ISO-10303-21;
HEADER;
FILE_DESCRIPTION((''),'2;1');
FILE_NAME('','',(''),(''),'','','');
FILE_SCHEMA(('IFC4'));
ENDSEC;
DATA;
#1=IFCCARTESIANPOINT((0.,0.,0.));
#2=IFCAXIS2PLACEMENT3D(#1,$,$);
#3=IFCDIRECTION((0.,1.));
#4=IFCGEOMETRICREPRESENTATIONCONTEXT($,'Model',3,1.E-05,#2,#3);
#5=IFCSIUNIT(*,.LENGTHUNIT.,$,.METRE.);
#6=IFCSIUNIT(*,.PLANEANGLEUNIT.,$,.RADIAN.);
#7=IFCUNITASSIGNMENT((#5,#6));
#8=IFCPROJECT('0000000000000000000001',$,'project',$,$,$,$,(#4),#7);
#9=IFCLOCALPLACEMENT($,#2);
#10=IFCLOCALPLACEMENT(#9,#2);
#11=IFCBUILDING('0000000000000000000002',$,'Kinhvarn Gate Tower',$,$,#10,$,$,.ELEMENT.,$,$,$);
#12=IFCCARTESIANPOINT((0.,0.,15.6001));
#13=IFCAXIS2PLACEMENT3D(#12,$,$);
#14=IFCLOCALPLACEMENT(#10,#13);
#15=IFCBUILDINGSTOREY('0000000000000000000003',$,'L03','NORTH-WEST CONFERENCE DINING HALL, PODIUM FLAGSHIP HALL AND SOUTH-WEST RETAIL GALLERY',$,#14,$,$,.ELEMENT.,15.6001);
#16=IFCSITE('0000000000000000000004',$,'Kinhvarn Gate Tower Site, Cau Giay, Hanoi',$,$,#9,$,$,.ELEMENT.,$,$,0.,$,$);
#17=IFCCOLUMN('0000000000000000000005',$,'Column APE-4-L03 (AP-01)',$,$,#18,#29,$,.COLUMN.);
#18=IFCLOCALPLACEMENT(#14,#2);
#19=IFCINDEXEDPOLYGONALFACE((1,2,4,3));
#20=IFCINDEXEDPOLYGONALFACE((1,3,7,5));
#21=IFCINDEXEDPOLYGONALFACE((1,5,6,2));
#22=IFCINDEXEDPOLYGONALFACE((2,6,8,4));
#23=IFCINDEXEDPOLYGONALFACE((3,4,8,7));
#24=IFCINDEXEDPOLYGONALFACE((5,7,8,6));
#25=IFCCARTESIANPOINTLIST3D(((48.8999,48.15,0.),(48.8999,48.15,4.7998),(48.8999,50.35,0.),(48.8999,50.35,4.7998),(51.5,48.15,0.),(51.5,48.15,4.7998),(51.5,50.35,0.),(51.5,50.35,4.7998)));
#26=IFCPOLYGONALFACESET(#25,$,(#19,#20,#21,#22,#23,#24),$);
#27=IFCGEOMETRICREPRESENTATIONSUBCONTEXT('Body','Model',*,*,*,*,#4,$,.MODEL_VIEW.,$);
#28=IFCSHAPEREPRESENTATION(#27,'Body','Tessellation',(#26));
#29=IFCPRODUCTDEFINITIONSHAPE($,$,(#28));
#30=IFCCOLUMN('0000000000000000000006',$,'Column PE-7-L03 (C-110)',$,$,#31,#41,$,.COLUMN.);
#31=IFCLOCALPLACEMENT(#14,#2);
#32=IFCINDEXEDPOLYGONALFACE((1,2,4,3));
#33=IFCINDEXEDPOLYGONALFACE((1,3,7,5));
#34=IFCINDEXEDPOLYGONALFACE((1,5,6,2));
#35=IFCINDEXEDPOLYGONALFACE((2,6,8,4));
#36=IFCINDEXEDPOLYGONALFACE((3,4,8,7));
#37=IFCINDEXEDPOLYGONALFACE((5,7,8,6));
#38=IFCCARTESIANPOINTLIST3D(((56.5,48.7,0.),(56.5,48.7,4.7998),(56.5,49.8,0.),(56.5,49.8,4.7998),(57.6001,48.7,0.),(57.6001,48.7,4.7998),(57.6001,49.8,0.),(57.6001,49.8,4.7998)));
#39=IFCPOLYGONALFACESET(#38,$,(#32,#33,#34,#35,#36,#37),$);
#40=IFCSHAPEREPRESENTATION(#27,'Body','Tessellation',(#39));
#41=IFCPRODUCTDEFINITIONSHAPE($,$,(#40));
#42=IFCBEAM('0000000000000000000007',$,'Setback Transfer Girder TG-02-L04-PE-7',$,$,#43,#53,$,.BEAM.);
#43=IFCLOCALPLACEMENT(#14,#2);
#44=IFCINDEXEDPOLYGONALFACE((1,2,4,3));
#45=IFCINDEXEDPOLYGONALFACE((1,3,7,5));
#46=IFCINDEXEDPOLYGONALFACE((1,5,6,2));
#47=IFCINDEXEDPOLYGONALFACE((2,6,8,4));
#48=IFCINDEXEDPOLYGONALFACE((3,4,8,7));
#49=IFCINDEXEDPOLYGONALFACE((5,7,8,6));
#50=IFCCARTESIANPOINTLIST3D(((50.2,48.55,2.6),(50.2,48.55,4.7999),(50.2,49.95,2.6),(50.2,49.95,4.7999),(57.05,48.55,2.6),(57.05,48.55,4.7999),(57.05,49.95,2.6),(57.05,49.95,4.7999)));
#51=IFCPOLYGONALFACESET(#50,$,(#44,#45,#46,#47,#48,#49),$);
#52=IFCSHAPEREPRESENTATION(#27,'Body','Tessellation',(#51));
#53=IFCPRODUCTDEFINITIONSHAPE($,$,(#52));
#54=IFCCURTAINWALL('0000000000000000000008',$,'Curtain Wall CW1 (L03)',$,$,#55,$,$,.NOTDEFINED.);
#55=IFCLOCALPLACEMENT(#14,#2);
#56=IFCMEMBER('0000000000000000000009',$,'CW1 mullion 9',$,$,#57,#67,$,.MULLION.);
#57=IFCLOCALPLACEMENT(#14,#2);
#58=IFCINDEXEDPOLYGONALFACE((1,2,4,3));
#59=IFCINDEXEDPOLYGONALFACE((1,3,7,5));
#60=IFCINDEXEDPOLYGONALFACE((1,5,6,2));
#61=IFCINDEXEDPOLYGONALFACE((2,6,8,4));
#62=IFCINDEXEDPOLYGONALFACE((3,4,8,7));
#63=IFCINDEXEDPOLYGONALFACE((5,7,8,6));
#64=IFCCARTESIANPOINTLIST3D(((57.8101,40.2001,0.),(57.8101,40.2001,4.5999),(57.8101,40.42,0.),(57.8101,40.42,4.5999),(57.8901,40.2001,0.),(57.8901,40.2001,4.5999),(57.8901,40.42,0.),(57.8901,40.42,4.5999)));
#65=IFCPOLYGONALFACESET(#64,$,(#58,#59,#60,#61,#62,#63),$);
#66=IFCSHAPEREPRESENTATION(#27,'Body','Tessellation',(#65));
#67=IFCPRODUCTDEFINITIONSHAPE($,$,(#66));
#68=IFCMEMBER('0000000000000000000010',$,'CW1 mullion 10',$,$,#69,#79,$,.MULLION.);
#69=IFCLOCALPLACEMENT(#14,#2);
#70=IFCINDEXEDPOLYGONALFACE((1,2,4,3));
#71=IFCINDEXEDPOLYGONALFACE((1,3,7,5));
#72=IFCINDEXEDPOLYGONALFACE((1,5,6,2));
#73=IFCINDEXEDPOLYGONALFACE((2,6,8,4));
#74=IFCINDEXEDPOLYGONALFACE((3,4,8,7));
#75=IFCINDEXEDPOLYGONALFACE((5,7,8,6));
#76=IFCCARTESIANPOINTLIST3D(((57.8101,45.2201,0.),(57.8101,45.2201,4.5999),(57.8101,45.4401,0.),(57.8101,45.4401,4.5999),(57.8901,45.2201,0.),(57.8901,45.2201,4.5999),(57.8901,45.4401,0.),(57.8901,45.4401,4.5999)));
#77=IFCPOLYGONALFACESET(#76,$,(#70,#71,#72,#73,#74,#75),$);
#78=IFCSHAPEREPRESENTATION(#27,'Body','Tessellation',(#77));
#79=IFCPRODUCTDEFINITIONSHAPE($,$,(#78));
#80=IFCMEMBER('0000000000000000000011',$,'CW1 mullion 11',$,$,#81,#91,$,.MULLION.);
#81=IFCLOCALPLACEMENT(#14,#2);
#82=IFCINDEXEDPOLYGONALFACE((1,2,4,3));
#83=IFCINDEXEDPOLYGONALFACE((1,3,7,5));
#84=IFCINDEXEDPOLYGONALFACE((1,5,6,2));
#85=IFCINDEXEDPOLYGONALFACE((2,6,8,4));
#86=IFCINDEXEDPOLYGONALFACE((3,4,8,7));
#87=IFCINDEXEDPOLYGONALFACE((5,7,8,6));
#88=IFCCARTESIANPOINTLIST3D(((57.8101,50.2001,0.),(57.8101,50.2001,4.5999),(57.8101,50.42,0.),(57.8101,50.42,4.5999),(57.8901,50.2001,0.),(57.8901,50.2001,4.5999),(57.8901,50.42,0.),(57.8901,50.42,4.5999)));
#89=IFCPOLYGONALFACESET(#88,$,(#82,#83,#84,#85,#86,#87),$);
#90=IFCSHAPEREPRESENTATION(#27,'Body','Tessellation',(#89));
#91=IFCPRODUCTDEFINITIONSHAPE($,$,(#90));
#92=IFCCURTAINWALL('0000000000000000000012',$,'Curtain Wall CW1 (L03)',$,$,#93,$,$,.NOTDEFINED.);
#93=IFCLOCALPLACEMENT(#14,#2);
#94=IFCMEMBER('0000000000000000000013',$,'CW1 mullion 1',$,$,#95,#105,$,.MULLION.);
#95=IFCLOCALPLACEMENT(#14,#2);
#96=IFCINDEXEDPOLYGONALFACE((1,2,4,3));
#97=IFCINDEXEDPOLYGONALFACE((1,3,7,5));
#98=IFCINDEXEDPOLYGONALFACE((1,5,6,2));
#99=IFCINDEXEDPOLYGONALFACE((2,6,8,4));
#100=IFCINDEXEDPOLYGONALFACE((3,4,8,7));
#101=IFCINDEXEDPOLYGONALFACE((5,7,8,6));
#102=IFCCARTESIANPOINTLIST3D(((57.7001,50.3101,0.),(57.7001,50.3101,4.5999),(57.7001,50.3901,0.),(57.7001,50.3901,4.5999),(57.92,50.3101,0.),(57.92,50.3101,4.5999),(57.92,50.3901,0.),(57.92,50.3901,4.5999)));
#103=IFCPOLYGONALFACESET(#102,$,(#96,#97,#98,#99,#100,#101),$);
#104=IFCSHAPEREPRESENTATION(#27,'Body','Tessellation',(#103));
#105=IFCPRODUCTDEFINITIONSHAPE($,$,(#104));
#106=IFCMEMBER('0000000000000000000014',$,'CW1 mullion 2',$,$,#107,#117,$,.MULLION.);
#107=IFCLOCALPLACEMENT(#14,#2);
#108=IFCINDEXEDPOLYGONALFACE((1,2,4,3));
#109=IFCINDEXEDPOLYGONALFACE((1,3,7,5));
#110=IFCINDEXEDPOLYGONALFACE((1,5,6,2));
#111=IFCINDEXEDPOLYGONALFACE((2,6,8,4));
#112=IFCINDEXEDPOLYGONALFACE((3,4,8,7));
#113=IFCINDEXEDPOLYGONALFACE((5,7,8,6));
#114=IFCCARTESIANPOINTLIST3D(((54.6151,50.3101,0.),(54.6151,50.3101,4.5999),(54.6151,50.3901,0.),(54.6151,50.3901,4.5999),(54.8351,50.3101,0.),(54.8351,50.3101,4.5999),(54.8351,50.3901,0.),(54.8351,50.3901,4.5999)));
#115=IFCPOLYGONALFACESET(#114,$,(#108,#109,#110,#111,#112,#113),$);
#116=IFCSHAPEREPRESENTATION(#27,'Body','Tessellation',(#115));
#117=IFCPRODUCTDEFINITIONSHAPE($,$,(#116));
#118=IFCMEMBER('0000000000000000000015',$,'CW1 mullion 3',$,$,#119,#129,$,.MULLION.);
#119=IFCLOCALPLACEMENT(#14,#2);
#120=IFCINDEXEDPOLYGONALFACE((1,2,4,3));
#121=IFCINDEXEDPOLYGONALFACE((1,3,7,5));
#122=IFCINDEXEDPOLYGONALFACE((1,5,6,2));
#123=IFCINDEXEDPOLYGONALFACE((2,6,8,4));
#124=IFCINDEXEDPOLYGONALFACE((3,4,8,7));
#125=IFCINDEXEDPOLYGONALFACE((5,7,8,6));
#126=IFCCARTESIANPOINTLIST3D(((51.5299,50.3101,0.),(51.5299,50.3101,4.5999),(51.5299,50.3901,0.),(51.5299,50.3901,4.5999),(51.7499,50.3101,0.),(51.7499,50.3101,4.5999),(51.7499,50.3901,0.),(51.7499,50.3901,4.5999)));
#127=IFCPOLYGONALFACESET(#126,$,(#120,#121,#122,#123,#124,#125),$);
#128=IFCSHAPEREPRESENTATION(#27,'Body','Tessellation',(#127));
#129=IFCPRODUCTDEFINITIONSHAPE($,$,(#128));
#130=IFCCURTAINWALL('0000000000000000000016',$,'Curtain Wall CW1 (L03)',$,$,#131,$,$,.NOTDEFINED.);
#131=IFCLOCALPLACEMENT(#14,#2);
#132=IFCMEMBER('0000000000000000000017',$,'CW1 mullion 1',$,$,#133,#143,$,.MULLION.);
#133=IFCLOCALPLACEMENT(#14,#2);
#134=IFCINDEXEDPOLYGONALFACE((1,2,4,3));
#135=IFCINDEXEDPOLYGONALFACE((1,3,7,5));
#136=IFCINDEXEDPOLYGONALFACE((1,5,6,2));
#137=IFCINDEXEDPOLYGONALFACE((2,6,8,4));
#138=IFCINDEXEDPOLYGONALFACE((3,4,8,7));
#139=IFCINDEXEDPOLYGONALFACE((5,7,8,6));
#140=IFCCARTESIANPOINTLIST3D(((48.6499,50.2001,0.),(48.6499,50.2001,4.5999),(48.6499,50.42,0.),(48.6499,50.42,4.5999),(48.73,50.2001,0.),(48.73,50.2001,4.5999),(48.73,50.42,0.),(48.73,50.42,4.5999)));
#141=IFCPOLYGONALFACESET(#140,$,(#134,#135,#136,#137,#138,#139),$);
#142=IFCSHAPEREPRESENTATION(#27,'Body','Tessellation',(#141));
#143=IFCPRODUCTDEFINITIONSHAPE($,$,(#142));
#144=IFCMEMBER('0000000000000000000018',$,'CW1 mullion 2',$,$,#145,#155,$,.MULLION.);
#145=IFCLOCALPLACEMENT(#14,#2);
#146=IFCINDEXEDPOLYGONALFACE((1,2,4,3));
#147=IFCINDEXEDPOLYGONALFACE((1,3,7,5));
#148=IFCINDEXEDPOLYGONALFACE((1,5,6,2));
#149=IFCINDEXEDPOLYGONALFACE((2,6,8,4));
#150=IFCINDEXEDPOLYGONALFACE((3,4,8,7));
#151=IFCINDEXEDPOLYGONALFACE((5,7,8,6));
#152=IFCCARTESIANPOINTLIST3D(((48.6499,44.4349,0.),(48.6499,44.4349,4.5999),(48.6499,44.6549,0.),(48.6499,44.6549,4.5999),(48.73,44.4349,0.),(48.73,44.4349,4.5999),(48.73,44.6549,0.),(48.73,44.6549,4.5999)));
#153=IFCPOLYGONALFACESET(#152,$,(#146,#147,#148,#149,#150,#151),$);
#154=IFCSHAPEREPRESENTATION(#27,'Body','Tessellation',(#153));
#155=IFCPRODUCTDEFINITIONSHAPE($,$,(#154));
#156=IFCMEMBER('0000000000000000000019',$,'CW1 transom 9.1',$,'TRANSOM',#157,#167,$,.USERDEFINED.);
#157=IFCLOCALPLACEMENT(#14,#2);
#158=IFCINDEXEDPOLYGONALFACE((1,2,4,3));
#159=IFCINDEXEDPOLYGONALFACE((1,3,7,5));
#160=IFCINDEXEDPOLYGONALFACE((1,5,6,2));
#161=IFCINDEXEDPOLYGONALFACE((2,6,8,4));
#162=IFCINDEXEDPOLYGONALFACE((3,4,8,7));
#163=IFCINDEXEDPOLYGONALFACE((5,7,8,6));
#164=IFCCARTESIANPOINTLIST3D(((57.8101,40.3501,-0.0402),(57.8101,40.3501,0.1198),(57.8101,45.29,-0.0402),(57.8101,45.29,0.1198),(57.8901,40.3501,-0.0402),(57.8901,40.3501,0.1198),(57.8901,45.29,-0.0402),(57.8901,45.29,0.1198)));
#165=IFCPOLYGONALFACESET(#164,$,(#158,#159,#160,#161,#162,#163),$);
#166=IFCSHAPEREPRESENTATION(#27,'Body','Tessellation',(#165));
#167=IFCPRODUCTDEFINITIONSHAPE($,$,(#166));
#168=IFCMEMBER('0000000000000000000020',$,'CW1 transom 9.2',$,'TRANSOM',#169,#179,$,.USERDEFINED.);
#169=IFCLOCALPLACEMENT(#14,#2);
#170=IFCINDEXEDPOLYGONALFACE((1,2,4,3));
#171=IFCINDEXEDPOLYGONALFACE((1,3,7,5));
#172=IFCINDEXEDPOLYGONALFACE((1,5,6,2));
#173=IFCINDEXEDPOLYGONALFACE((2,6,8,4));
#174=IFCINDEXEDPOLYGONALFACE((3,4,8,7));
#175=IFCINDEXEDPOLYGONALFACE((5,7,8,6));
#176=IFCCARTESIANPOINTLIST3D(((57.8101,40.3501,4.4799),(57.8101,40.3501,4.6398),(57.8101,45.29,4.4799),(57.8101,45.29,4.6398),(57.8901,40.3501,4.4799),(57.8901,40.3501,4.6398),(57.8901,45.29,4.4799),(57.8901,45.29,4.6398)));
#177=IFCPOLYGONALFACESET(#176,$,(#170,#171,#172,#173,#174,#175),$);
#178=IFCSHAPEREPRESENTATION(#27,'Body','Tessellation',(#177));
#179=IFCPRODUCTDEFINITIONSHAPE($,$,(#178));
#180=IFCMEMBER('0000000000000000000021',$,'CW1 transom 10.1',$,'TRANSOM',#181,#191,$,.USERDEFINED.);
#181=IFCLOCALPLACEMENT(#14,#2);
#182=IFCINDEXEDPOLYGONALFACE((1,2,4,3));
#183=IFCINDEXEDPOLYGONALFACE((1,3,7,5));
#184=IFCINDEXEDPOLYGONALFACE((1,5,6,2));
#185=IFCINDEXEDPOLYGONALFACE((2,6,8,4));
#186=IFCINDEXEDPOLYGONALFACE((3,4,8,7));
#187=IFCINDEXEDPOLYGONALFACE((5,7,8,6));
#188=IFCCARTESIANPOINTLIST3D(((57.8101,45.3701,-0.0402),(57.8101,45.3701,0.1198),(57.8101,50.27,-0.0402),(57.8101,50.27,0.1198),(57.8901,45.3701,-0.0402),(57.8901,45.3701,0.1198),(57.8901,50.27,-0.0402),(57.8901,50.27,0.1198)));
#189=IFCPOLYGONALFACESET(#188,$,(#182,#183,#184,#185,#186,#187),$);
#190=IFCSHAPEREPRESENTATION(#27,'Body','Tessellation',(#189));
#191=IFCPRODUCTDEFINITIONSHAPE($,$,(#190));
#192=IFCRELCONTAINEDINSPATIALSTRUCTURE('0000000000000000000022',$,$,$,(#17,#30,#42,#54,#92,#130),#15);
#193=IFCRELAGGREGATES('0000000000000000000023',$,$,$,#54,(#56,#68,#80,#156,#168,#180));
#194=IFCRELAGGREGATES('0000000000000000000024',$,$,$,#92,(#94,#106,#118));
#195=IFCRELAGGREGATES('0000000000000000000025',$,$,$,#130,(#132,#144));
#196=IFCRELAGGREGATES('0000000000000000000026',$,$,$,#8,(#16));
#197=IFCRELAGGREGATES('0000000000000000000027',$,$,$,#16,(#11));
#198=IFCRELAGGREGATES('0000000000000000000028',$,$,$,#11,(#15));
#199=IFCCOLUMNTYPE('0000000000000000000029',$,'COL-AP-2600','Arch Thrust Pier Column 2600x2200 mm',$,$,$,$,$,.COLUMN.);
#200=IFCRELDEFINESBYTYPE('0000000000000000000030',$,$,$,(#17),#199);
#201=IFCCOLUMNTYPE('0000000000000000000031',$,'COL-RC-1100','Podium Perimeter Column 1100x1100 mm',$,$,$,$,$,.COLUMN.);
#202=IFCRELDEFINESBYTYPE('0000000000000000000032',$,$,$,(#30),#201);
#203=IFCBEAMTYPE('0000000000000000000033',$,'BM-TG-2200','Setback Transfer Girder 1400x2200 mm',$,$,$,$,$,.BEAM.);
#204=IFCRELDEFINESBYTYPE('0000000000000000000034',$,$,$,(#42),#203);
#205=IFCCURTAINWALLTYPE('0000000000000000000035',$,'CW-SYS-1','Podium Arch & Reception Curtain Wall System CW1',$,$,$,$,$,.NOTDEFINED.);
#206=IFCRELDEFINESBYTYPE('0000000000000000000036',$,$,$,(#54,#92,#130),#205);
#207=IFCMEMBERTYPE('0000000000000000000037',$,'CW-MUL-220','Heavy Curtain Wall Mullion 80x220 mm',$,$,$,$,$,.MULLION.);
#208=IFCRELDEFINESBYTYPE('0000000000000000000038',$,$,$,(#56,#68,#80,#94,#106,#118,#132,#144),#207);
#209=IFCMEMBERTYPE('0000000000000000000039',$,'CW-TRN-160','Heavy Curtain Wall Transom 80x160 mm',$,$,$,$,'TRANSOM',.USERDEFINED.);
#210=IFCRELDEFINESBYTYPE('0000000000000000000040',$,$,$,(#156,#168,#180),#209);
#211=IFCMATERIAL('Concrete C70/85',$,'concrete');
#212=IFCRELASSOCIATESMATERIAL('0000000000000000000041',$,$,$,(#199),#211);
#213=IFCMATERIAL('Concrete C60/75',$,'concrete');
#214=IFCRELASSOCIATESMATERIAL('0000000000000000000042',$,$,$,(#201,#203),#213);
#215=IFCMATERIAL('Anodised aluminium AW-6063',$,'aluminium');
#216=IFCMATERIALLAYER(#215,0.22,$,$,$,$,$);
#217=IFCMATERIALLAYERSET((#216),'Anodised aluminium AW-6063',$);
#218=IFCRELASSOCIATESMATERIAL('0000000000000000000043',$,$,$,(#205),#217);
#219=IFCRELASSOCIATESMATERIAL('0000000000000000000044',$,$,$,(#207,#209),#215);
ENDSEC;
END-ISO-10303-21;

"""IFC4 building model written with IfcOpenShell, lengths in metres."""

from ifc_helpers import new_model, si_unit, direction, frame, origin, origin_2d, place, context, subcontext, project, spatial, rectangle, extrude, material, layer, layer_set, material_profile, profile_set, type_object, element, aggregate, save


model = new_model("IFC4")

# Units and contexts
model_context = context("Model", 3, precision=1e-05, world=origin(), true_north=direction((0.0, 1.0)))
body_context = subcontext(model_context, "Body", "Model", "MODEL_VIEW")
ifc_project = project(units=[si_unit("LENGTHUNIT", "METRE"), si_unit("PLANEANGLEUNIT", "RADIAN")], contexts=[model_context])

# Site, building, storey
site_placement = place(None, origin())
site = spatial("IfcSite", under=ifc_project, at=site_placement, Name="Kinhvarn Gate Tower Site, Cau Giay, Hanoi", CompositionType="ELEMENT", RefElevation=0.0)
building_placement = place(site_placement, origin())
building = spatial("IfcBuilding", under=site, at=building_placement, Name="Kinhvarn Gate Tower", CompositionType="ELEMENT")
storey_placement = place(building_placement, frame((0.0, 0.0, 15.6001)))
storey = spatial("IfcBuildingStorey", under=building, at=storey_placement, Name="L03", Description="NORTH-WEST CONFERENCE DINING HALL, PODIUM FLAGSHIP HALL AND SOUTH-WEST RETAIL GALLERY", CompositionType="ELEMENT", Elevation=15.6001)

# Columns
ifc_material_1 = material(Name="Concrete C70/85", Category="concrete")
ifc_material_profile_1 = material_profile(ifc_material_1, rectangle(XDim=2.6001, YDim=2.2, at=origin_2d()), Name="RC 2600x2200")
ifc_profile_set_1 = profile_set([ifc_material_profile_1], Name="Concrete C70/85")
column_type_1 = type_object("IfcColumnType", Name="COL-AP-2600", Description="Arch Thrust Pier Column 2600x2200 mm", PredefinedType="COLUMN", material=ifc_profile_set_1)
column_1_placement = place(storey_placement, frame((50.2, 49.25, 0.0), z_axis=(0.0, 0.0, 1.0), x_axis=(1.0, 0.0, 0.0)))
element("IfcColumn", 1, at=column_1_placement, inside=storey, type_object=column_type_1, Name="Column APE-4-L03 (AP-01)", PredefinedType="COLUMN", context=body_context, shape_type="SweptSolid", body=[
    extrude(rectangle(XDim=2.6001, YDim=2.2, at=origin_2d()), origin(), (0.0, 0.0, 1.0), 4.7998),
])
ifc_material_2 = material(Name="Concrete C60/75", Category="concrete")
ifc_material_profile_2 = material_profile(ifc_material_2, rectangle(XDim=1.1001, YDim=1.1001, at=origin_2d()), Name="RC 1100x1100")
ifc_profile_set_2 = profile_set([ifc_material_profile_2], Name="Concrete C60/75")
column_type_2 = type_object("IfcColumnType", Name="COL-RC-1100", Description="Podium Perimeter Column 1100x1100 mm", PredefinedType="COLUMN", material=ifc_profile_set_2)
column_2_placement = place(storey_placement, frame((57.05, 49.25, 0.0), z_axis=(0.0, 0.0, 1.0), x_axis=(1.0, 0.0, 0.0)))
element("IfcColumn", 2, at=column_2_placement, inside=storey, type_object=column_type_2, Name="Column PE-7-L03 (C-110)", PredefinedType="COLUMN", context=body_context, shape_type="SweptSolid", body=[
    extrude(rectangle(XDim=1.1001, YDim=1.1001, at=origin_2d()), origin(), (0.0, 0.0, 1.0), 4.7998),
])

# Beam
ifc_material_profile_3 = material_profile(ifc_material_2, rectangle(XDim=1.3999, YDim=2.2, at=origin_2d()), Name="RC 1400x2200")
ifc_profile_set_3 = profile_set([ifc_material_profile_3], Name="Concrete C60/75")
beam_type = type_object("IfcBeamType", Name="BM-TG-2200", Description="Setback Transfer Girder 1400x2200 mm", PredefinedType="BEAM", material=ifc_profile_set_3)
beam_placement = place(storey_placement, frame((50.2, 49.25, 3.7), z_axis=(1.0, 0.0, 0.0), x_axis=(0.0, 1.0, 0.0)))
element("IfcBeam", 3, at=beam_placement, inside=storey, type_object=beam_type, Name="Setback Transfer Girder TG-02-L04-PE-7", PredefinedType="BEAM", context=body_context, shape_type="SweptSolid", body=[
    extrude(rectangle(XDim=1.3999, YDim=2.2, at=origin_2d()), origin(), (0.0, 0.0, 1.0), 6.8501),
])

# Curtain walls, members
ifc_material_3 = material(Name="Anodised aluminium AW-6063", Category="aluminium")
ifc_layer_1 = layer(ifc_material_3, 0.22)
ifc_layer_set_1 = layer_set([ifc_layer_1], Name="Anodised aluminium AW-6063")
curtain_wall_type = type_object("IfcCurtainWallType", Name="CW-SYS-1", Description="Podium Arch & Reception Curtain Wall System CW1", PredefinedType="NOTDEFINED", material=ifc_layer_set_1)
curtain_wall_1_placement = place(storey_placement, origin())
curtain_wall_1 = element("IfcCurtainWall", 4, at=curtain_wall_1_placement, inside=storey, type_object=curtain_wall_type, Name="Curtain Wall CW1 (L03)", PredefinedType="NOTDEFINED")
ifc_material_profile_4 = material_profile(ifc_material_3, rectangle(XDim=0.0801, YDim=0.22, at=origin_2d()), Name="ALU 80x220")
ifc_profile_set_4 = profile_set([ifc_material_profile_4], Name="Anodised aluminium AW-6063")
member_type_1 = type_object("IfcMemberType", Name="CW-MUL-220", Description="Heavy Curtain Wall Mullion 80x220 mm", PredefinedType="MULLION", material=ifc_profile_set_4)
member_1_placement = place(storey_placement, frame((57.8501, 40.3101, 0.0), z_axis=(0.0, 0.0, 1.0), x_axis=(-1.0, 0.0, 0.0)))
member_1 = element("IfcMember", 5, at=member_1_placement, type_object=member_type_1, Name="CW1 mullion 9", PredefinedType="MULLION", context=body_context, shape_type="SweptSolid", body=[
    extrude(rectangle(XDim=0.0801, YDim=0.22, at=origin_2d()), origin(), (0.0, 0.0, 1.0), 4.5999),
])
member_2_placement = place(storey_placement, frame((57.8501, 45.3301, 0.0), z_axis=(0.0, 0.0, 1.0), x_axis=(-1.0, 0.0, 0.0)))
member_2 = element("IfcMember", 6, at=member_2_placement, type_object=member_type_1, Name="CW1 mullion 10", PredefinedType="MULLION", context=body_context, shape_type="SweptSolid", body=[
    extrude(rectangle(XDim=0.0801, YDim=0.22, at=origin_2d()), origin(), (0.0, 0.0, 1.0), 4.5999),
])
member_3_placement = place(storey_placement, frame((57.8501, 50.3101, 0.0), z_axis=(0.0, 0.0, 1.0), x_axis=(-1.0, 0.0, 0.0)))
member_3 = element("IfcMember", 7, at=member_3_placement, type_object=member_type_1, Name="CW1 mullion 11", PredefinedType="MULLION", context=body_context, shape_type="SweptSolid", body=[
    extrude(rectangle(XDim=0.0801, YDim=0.22, at=origin_2d()), origin(), (0.0, 0.0, 1.0), 4.5999),
])
curtain_wall_2_placement = place(storey_placement, origin())
curtain_wall_2 = element("IfcCurtainWall", 8, at=curtain_wall_2_placement, inside=storey, type_object=curtain_wall_type, Name="Curtain Wall CW1 (L03)", PredefinedType="NOTDEFINED")
member_4_placement = place(storey_placement, frame((57.8101, 50.3501, 0.0), z_axis=(0.0, 0.0, 1.0), x_axis=(0.0, -1.0, 0.0)))
member_4 = element("IfcMember", 9, at=member_4_placement, type_object=member_type_1, Name="CW1 mullion 1", PredefinedType="MULLION", context=body_context, shape_type="SweptSolid", body=[
    extrude(rectangle(XDim=0.0801, YDim=0.22, at=origin_2d()), origin(), (0.0, 0.0, 1.0), 4.5999),
])
member_5_placement = place(storey_placement, frame((54.7251, 50.3501, 0.0), z_axis=(0.0, 0.0, 1.0), x_axis=(0.0, -1.0, 0.0)))
member_5 = element("IfcMember", 10, at=member_5_placement, type_object=member_type_1, Name="CW1 mullion 2", PredefinedType="MULLION", context=body_context, shape_type="SweptSolid", body=[
    extrude(rectangle(XDim=0.0801, YDim=0.22, at=origin_2d()), origin(), (0.0, 0.0, 1.0), 4.5999),
])
member_6_placement = place(storey_placement, frame((51.6399, 50.3501, 0.0), z_axis=(0.0, 0.0, 1.0), x_axis=(0.0, -1.0, 0.0)))
member_6 = element("IfcMember", 11, at=member_6_placement, type_object=member_type_1, Name="CW1 mullion 3", PredefinedType="MULLION", context=body_context, shape_type="SweptSolid", body=[
    extrude(rectangle(XDim=0.0801, YDim=0.22, at=origin_2d()), origin(), (0.0, 0.0, 1.0), 4.5999),
])
curtain_wall_3_placement = place(storey_placement, origin())
curtain_wall_3 = element("IfcCurtainWall", 12, at=curtain_wall_3_placement, inside=storey, type_object=curtain_wall_type, Name="Curtain Wall CW1 (L03)", PredefinedType="NOTDEFINED")
member_7_placement = place(storey_placement, frame((48.6899, 50.3101, 0.0), z_axis=(0.0, 0.0, 1.0), x_axis=(1.0, 0.0, 0.0)))
member_7 = element("IfcMember", 13, at=member_7_placement, type_object=member_type_1, Name="CW1 mullion 1", PredefinedType="MULLION", context=body_context, shape_type="SweptSolid", body=[
    extrude(rectangle(XDim=0.0801, YDim=0.22, at=origin_2d()), origin(), (0.0, 0.0, 1.0), 4.5999),
])
member_8_placement = place(storey_placement, frame((48.6899, 44.5449, 0.0), z_axis=(0.0, 0.0, 1.0), x_axis=(1.0, 0.0, 0.0)))
member_8 = element("IfcMember", 14, at=member_8_placement, type_object=member_type_1, Name="CW1 mullion 2", PredefinedType="MULLION", context=body_context, shape_type="SweptSolid", body=[
    extrude(rectangle(XDim=0.0801, YDim=0.22, at=origin_2d()), origin(), (0.0, 0.0, 1.0), 4.5999),
])

# Members
ifc_material_profile_5 = material_profile(ifc_material_3, rectangle(XDim=0.0801, YDim=0.1599, at=origin_2d()), Name="ALU 80x160")
ifc_profile_set_5 = profile_set([ifc_material_profile_5], Name="Anodised aluminium AW-6063")
member_type_2 = type_object("IfcMemberType", Name="CW-TRN-160", Description="Heavy Curtain Wall Transom 80x160 mm", ElementType="TRANSOM", PredefinedType="USERDEFINED", material=ifc_profile_set_5)
member_9_placement = place(storey_placement, frame((57.8501, 40.3501, 0.0398), z_axis=(0.0, 1.0, 0.0), x_axis=(-1.0, 0.0, 0.0)))
member_9 = element("IfcMember", 15, at=member_9_placement, type_object=member_type_2, Name="CW1 transom 9.1", ObjectType="TRANSOM", PredefinedType="USERDEFINED", context=body_context, shape_type="SweptSolid", body=[
    extrude(rectangle(XDim=0.0801, YDim=0.1599, at=origin_2d()), origin(), (0.0, 0.0, 1.0), 4.9399),
])
member_10_placement = place(storey_placement, frame((57.8501, 40.3501, 4.5598), z_axis=(0.0, 1.0, 0.0), x_axis=(-1.0, 0.0, 0.0)))
member_10 = element("IfcMember", 16, at=member_10_placement, type_object=member_type_2, Name="CW1 transom 9.2", ObjectType="TRANSOM", PredefinedType="USERDEFINED", context=body_context, shape_type="SweptSolid", body=[
    extrude(rectangle(XDim=0.0801, YDim=0.1599, at=origin_2d()), origin(), (0.0, 0.0, 1.0), 4.9399),
])
member_11_placement = place(storey_placement, frame((57.8501, 45.3701, 0.0398), z_axis=(0.0, 1.0, 0.0), x_axis=(-1.0, 0.0, 0.0)))
member_11 = element("IfcMember", 17, at=member_11_placement, type_object=member_type_2, Name="CW1 transom 10.1", ObjectType="TRANSOM", PredefinedType="USERDEFINED", context=body_context, shape_type="SweptSolid", body=[
    extrude(rectangle(XDim=0.0801, YDim=0.1599, at=origin_2d()), origin(), (0.0, 0.0, 1.0), 4.8999),
])

aggregate(curtain_wall_1, [member_1, member_2, member_3, member_9, member_10, member_11])
aggregate(curtain_wall_2, [member_4, member_5, member_6])
aggregate(curtain_wall_3, [member_7, member_8])

save(model, "model.ifc")
